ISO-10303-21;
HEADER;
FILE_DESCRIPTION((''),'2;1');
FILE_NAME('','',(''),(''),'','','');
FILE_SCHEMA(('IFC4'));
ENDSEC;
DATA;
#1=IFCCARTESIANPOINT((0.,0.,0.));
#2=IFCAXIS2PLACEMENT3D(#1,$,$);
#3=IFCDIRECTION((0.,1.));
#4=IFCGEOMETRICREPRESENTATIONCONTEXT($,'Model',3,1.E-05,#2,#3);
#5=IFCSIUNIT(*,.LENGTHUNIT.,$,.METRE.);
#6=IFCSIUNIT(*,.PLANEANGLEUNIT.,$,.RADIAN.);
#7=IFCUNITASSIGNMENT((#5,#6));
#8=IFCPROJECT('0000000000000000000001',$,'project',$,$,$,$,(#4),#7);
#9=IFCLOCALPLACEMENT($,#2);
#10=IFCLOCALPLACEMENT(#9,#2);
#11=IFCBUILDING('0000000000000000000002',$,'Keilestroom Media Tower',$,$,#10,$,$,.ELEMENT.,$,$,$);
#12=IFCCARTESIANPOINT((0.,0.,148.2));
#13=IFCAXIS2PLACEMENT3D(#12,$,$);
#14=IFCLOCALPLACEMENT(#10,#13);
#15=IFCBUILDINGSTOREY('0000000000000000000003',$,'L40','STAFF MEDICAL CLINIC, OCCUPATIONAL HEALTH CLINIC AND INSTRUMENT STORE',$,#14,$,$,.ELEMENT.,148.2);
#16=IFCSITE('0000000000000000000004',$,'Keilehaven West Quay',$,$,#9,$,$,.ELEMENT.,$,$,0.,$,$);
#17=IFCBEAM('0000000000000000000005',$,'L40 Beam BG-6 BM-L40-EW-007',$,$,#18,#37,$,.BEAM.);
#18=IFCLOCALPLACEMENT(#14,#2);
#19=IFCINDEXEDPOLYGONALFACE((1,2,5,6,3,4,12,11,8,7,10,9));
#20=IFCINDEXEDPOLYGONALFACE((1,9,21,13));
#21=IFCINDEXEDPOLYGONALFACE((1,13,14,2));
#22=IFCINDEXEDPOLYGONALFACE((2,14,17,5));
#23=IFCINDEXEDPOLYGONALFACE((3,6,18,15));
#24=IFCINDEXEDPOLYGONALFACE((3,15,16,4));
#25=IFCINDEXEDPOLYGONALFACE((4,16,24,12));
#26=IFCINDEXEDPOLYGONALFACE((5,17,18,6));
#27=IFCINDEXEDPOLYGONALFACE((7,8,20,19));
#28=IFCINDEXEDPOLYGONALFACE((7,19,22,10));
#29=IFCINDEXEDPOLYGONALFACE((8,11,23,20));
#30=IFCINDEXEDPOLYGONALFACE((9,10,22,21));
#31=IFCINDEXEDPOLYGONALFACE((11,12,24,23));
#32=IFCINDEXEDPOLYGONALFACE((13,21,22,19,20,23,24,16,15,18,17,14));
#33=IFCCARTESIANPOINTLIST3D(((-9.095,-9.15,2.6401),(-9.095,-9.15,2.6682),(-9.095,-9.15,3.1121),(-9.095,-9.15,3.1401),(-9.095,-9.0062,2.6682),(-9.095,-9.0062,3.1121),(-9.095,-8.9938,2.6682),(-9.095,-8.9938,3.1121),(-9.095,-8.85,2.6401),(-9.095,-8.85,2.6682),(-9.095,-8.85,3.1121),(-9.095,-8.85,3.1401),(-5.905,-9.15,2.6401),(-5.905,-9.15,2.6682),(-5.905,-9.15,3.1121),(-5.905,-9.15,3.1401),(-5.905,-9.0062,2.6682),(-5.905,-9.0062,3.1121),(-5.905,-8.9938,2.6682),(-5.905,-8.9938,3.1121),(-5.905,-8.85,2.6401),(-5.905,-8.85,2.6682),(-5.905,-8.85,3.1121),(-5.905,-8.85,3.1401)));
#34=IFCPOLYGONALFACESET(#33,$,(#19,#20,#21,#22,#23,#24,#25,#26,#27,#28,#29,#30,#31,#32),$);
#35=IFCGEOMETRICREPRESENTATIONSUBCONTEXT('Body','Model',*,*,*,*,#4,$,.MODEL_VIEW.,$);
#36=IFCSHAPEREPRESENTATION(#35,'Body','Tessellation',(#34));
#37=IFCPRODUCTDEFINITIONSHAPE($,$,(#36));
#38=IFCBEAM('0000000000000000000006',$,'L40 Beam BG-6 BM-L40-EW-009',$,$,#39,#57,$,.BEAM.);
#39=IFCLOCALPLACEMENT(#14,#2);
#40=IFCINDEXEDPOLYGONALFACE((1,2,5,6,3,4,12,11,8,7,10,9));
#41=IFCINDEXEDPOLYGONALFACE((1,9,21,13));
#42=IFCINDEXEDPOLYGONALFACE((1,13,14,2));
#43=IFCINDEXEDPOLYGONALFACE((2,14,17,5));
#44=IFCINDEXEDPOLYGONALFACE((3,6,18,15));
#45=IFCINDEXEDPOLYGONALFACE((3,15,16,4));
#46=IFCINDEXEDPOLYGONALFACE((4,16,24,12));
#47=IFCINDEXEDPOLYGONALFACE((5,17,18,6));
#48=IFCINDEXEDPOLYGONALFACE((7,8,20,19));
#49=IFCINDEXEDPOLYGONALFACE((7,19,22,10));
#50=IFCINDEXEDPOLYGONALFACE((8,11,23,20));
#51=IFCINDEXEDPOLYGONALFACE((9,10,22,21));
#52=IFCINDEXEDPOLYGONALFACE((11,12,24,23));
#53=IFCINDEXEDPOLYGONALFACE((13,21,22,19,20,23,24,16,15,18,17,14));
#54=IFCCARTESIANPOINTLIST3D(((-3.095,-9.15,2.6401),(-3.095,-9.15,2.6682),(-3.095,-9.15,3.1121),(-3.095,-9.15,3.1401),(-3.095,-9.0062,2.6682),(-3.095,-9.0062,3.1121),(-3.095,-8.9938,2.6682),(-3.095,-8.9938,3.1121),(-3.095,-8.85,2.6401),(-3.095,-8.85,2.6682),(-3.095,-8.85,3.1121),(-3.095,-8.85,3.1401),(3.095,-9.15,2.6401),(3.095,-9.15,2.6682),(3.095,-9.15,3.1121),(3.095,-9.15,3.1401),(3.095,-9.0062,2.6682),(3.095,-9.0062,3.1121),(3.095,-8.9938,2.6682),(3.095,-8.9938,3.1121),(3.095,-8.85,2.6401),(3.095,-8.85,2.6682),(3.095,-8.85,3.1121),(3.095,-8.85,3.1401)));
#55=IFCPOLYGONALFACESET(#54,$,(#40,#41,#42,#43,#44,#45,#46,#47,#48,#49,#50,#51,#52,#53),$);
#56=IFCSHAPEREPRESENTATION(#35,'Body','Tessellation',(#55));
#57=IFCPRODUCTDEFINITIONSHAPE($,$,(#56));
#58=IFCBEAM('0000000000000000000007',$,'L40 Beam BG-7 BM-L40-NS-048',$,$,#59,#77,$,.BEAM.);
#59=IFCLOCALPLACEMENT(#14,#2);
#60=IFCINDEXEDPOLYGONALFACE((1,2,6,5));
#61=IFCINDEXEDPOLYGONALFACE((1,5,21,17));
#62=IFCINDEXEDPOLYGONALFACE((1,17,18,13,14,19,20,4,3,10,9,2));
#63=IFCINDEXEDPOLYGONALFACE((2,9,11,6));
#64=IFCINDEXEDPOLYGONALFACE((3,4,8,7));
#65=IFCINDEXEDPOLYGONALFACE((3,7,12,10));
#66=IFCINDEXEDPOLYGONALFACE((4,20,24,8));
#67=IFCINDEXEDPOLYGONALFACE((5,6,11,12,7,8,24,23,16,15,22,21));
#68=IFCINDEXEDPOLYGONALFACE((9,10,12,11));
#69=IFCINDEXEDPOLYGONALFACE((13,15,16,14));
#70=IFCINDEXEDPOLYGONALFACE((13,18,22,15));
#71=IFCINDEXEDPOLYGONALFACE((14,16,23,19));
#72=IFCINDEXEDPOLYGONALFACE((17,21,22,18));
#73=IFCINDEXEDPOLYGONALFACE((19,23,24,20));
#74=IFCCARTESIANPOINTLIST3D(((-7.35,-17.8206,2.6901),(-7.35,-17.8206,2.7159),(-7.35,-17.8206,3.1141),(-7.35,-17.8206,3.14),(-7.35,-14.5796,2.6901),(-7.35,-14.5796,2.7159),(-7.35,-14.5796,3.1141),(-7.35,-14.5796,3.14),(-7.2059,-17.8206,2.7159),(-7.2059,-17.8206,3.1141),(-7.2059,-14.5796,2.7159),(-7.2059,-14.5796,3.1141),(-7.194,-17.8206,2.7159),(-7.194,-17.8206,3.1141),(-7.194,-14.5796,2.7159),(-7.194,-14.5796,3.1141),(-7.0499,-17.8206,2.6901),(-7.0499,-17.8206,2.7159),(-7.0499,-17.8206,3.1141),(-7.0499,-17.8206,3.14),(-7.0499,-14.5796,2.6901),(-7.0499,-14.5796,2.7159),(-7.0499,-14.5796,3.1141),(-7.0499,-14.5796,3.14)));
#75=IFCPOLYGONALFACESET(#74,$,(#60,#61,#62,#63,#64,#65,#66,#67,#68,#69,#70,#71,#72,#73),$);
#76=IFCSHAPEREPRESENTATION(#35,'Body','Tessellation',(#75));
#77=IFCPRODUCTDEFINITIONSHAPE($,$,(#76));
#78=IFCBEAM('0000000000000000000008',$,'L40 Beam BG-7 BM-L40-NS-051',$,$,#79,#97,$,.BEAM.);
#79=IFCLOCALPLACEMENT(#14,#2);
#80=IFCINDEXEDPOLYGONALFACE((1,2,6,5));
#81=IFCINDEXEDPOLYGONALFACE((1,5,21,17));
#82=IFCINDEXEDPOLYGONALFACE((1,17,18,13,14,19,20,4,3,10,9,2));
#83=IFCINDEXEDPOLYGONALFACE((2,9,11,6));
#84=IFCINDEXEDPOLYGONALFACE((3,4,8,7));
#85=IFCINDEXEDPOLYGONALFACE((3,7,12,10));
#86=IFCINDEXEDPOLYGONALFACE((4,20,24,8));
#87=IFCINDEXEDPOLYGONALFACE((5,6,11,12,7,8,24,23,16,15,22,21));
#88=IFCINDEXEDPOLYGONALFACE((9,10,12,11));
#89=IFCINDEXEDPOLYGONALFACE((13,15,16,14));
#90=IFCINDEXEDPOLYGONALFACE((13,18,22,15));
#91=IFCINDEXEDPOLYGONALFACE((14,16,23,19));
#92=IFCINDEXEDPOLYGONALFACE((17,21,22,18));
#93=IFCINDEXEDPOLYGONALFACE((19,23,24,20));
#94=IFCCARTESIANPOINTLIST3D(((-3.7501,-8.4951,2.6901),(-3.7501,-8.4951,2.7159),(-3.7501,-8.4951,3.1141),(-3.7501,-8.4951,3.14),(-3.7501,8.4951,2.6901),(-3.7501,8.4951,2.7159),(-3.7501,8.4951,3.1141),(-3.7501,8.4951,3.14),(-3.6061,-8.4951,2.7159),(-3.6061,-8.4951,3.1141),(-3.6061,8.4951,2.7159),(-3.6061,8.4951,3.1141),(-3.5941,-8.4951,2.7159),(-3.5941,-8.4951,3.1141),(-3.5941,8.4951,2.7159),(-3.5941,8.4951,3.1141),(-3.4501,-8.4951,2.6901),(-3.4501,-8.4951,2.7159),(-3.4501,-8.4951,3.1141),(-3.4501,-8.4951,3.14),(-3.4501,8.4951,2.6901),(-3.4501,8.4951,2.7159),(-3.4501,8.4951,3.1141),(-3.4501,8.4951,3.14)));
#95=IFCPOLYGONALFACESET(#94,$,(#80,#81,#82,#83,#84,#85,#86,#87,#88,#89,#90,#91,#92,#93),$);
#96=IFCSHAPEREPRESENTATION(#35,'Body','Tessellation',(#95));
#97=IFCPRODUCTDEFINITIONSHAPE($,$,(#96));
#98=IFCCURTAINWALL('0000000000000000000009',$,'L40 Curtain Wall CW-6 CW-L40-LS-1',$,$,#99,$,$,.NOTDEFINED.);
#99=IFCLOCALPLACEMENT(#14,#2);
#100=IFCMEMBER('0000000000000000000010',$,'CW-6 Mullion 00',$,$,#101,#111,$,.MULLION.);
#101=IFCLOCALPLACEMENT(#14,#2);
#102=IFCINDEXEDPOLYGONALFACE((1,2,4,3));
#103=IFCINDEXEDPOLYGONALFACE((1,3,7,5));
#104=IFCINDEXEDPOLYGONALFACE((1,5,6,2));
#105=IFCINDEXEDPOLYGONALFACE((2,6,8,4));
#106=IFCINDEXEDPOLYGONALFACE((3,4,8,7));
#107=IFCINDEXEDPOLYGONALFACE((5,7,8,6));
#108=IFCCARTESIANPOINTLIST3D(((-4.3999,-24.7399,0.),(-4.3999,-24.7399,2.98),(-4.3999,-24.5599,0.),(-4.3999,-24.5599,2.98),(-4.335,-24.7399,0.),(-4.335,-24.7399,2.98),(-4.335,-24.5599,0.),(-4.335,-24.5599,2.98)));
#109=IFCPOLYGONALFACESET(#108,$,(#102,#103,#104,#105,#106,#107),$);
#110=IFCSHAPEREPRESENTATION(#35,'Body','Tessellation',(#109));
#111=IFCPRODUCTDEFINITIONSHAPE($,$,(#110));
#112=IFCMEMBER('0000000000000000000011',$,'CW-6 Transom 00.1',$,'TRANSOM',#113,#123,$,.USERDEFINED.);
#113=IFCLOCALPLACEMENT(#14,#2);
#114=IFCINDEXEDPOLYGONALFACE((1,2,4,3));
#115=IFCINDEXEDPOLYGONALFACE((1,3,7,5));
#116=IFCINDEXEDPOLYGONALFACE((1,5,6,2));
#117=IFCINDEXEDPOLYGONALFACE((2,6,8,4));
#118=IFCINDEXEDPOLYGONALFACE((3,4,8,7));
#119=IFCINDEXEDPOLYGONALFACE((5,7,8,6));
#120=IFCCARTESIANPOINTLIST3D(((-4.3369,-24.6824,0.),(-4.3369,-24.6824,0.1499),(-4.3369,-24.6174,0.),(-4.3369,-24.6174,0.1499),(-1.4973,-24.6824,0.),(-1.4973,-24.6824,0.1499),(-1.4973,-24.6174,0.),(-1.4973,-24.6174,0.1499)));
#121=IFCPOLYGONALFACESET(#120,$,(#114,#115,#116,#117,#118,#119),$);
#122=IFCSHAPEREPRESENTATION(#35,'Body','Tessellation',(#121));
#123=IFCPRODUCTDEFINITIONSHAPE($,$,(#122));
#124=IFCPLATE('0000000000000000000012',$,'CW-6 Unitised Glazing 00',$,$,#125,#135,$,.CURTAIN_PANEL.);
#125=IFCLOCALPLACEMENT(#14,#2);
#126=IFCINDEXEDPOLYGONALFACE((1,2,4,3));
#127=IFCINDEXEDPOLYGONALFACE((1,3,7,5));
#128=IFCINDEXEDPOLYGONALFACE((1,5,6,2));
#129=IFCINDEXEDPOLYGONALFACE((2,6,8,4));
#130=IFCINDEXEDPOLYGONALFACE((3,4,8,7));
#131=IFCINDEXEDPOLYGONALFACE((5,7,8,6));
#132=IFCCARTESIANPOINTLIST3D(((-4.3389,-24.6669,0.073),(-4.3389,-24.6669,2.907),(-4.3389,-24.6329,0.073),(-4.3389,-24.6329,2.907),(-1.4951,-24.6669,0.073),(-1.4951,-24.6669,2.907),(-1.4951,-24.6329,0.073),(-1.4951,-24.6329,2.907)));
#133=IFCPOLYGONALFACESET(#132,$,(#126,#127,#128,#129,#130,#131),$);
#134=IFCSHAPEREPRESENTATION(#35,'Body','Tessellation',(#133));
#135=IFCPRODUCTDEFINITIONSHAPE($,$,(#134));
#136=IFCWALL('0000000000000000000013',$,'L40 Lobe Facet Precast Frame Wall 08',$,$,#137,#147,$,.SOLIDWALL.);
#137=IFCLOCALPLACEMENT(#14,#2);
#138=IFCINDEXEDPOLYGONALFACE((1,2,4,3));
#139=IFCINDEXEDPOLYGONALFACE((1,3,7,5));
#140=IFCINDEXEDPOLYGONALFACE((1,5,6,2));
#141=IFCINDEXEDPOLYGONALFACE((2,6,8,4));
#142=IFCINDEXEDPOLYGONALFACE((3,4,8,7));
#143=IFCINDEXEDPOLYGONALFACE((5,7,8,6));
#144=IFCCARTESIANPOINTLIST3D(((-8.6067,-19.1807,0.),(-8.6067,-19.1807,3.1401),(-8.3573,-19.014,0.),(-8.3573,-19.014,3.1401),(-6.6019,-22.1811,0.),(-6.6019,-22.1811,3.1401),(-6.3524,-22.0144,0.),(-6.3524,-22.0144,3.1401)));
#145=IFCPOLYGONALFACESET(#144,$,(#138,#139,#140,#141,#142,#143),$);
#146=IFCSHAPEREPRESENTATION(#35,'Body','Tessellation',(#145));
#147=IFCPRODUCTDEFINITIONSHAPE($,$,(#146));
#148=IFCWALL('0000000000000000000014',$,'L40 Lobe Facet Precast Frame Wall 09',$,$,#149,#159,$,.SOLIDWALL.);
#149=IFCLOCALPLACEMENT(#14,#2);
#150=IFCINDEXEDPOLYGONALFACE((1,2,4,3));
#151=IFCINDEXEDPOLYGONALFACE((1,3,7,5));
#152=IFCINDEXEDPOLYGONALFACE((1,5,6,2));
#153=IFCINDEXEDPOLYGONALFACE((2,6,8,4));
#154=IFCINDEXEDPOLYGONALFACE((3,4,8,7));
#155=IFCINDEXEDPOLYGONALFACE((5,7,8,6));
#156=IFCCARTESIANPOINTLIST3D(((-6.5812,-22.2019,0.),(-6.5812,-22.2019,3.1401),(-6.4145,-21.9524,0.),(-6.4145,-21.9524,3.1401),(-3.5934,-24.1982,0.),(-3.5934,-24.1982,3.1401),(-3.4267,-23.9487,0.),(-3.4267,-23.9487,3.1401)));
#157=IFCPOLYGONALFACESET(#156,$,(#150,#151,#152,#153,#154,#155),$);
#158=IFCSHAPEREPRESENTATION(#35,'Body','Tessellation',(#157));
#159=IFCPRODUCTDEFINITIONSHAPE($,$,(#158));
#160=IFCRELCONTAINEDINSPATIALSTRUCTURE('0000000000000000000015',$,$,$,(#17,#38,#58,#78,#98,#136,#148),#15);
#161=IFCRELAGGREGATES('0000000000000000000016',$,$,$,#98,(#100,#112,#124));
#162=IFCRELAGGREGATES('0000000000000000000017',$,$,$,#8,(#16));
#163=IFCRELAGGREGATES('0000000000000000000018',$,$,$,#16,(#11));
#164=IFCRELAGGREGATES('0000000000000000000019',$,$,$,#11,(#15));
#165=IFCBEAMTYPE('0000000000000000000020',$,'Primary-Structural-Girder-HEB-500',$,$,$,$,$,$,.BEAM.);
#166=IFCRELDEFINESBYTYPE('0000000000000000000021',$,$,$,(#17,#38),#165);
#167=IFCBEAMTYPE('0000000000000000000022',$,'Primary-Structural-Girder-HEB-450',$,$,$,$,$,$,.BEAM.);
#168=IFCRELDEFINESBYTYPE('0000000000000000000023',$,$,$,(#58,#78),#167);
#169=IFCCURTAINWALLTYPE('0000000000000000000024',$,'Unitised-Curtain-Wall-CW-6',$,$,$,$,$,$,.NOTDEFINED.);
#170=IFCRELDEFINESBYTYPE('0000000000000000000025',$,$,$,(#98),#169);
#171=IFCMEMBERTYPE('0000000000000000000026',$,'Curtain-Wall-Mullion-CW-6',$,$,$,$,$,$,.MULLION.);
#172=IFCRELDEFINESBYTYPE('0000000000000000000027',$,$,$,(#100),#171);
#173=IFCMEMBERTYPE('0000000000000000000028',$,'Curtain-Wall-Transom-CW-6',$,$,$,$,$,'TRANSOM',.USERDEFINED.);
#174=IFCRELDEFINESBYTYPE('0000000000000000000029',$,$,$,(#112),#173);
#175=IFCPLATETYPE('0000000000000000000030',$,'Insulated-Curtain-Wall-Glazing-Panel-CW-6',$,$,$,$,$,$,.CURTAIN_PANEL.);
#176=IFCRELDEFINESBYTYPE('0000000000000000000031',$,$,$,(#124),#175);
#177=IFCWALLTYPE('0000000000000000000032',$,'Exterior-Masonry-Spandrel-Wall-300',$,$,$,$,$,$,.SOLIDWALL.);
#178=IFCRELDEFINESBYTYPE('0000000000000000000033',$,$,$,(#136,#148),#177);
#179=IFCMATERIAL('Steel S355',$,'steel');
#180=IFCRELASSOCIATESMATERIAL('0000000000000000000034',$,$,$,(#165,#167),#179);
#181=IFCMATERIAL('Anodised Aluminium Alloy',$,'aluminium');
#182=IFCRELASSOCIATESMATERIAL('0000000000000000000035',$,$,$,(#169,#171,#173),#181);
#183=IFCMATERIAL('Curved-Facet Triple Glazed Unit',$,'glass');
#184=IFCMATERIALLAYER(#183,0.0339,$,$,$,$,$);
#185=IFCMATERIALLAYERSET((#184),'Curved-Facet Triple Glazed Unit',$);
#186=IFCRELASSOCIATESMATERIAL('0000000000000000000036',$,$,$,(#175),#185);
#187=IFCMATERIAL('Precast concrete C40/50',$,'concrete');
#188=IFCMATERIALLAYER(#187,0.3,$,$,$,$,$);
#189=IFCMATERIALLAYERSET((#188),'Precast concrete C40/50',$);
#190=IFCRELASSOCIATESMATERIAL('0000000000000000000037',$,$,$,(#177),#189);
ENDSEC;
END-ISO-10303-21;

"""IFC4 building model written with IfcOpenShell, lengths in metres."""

from ifc_helpers import new_model, si_unit, direction, frame, frame_2d, origin, origin_2d, place, context, subcontext, project, spatial, rectangle, i_section, extrude, source, transform, mapped, material, layer, layer_set, material_profile, profile_set, type_object, element, aggregate, save


model = new_model("IFC4")

# Units and contexts
model_context = context("Model", 3, precision=1e-05, world=origin(), true_north=direction((0.0, 1.0)))
body_context = subcontext(model_context, "Body", "Model", "MODEL_VIEW")
ifc_project = project(units=[si_unit("LENGTHUNIT", "METRE"), si_unit("PLANEANGLEUNIT", "RADIAN")], contexts=[model_context])

# Site, building, storey
site_placement = place(None, origin())
site = spatial("IfcSite", under=ifc_project, at=site_placement, Name="Keilehaven West Quay", CompositionType="ELEMENT", RefElevation=0.0)
building_placement = place(site_placement, origin())
building = spatial("IfcBuilding", under=site, at=building_placement, Name="Keilestroom Media Tower", CompositionType="ELEMENT")
storey_placement = place(building_placement, frame((0.0, 0.0, 148.2)))
storey = spatial("IfcBuildingStorey", under=building, at=storey_placement, Name="L40", Description="STAFF MEDICAL CLINIC, OCCUPATIONAL HEALTH CLINIC AND INSTRUMENT STORE", CompositionType="ELEMENT", Elevation=148.2)

# Shared definitions
ifc_material_1 = material(Name="Steel S355", Category="steel")

# Beams
ifc_material_profile_1 = material_profile(ifc_material_1, i_section(OverallWidth=0.3, OverallDepth=0.5, WebThickness=0.0125, FlangeThickness=0.0281, at=origin_2d()), Name="HEB 500")
ifc_profile_set_1 = profile_set([ifc_material_profile_1], Name="Steel S355")
beam_type_1 = type_object("IfcBeamType", Name="Primary-Structural-Girder-HEB-500", PredefinedType="BEAM", material=ifc_profile_set_1)
shared_shape_1 = source(origin(), body_context, "Body", "SweptSolid", [
    extrude(i_section(OverallWidth=0.3, OverallDepth=0.5, WebThickness=0.0125, FlangeThickness=0.0281, at=origin_2d()), origin(), (0.0, 0.0, 1.0), 3.1899),
])
beam_1_placement = place(storey_placement, frame((-9.095, -9.0, 2.8901), z_axis=(1.0, 0.0, 0.0), x_axis=(0.0, 1.0, 0.0)))
element("IfcBeam", 1, at=beam_1_placement, inside=storey, type_object=beam_type_1, Name="L40 Beam BG-6 BM-L40-EW-007", PredefinedType="BEAM", context=body_context, shape_type="MappedRepresentation", body=[
    mapped(shared_shape_1, transform((0.0, 0.0, 0.0), x_axis=(1.0, 0.0, 0.0), y_axis=(0.0, 1.0, 0.0), z_axis=(0.0, 0.0, 1.0), scale=1.0)),
])
shared_shape_2 = source(origin(), body_context, "Body", "SweptSolid", [
    extrude(i_section(OverallWidth=0.3, OverallDepth=0.5, WebThickness=0.0125, FlangeThickness=0.0281, at=origin_2d()), origin(), (0.0, 0.0, 1.0), 6.1899),
])
beam_2_placement = place(storey_placement, frame((-3.095, -9.0, 2.8901), z_axis=(1.0, 0.0, 0.0), x_axis=(0.0, 1.0, 0.0)))
element("IfcBeam", 2, at=beam_2_placement, inside=storey, type_object=beam_type_1, Name="L40 Beam BG-6 BM-L40-EW-009", PredefinedType="BEAM", context=body_context, shape_type="MappedRepresentation", body=[
    mapped(shared_shape_2, transform((0.0, 0.0, 0.0), x_axis=(1.0, 0.0, 0.0), y_axis=(0.0, 1.0, 0.0), z_axis=(0.0, 0.0, 1.0), scale=1.0)),
])
ifc_material_profile_2 = material_profile(ifc_material_1, i_section(OverallWidth=0.3, OverallDepth=0.45, WebThickness=0.012, FlangeThickness=0.0259, at=origin_2d()), Name="HEB 450")
ifc_profile_set_2 = profile_set([ifc_material_profile_2], Name="Steel S355")
beam_type_2 = type_object("IfcBeamType", Name="Primary-Structural-Girder-HEB-450", PredefinedType="BEAM", material=ifc_profile_set_2)
shared_shape_3 = source(origin(), body_context, "Body", "SweptSolid", [
    extrude(i_section(OverallWidth=0.3, OverallDepth=0.45, WebThickness=0.012, FlangeThickness=0.0259, at=origin_2d()), origin(), (0.0, 0.0, 1.0), 3.241),
])
beam_3_placement = place(storey_placement, frame((-7.2, -17.8206, 2.915), z_axis=(0.0, 1.0, 0.0), x_axis=(-1.0, 0.0, 0.0)))
element("IfcBeam", 3, at=beam_3_placement, inside=storey, type_object=beam_type_2, Name="L40 Beam BG-7 BM-L40-NS-048", PredefinedType="BEAM", context=body_context, shape_type="MappedRepresentation", body=[
    mapped(shared_shape_3, transform((0.0, 0.0, 0.0), x_axis=(1.0, 0.0, 0.0), y_axis=(0.0, 1.0, 0.0), z_axis=(0.0, 0.0, 1.0), scale=1.0)),
])
shared_shape_4 = source(origin(), body_context, "Body", "SweptSolid", [
    extrude(i_section(OverallWidth=0.3, OverallDepth=0.45, WebThickness=0.012, FlangeThickness=0.0259, at=origin_2d()), origin(), (0.0, 0.0, 1.0), 16.9902),
])
beam_4_placement = place(storey_placement, frame((-3.6001, -8.4951, 2.915), z_axis=(0.0, 1.0, 0.0), x_axis=(-1.0, 0.0, 0.0)))
element("IfcBeam", 4, at=beam_4_placement, inside=storey, type_object=beam_type_2, Name="L40 Beam BG-7 BM-L40-NS-051", PredefinedType="BEAM", context=body_context, shape_type="MappedRepresentation", body=[
    mapped(shared_shape_4, transform((0.0, 0.0, 0.0), x_axis=(1.0, 0.0, 0.0), y_axis=(0.0, 1.0, 0.0), z_axis=(0.0, 0.0, 1.0), scale=1.0)),
])

# Curtain wall, members, plate
ifc_material_2 = material(Name="Anodised Aluminium Alloy", Category="aluminium")
curtain_wall_type = type_object("IfcCurtainWallType", Name="Unitised-Curtain-Wall-CW-6", PredefinedType="NOTDEFINED", material=ifc_material_2)
curtain_wall_placement = place(storey_placement, origin())
curtain_wall = element("IfcCurtainWall", 5, at=curtain_wall_placement, inside=storey, type_object=curtain_wall_type, Name="L40 Curtain Wall CW-6 CW-L40-LS-1", PredefinedType="NOTDEFINED")
ifc_material_profile_3 = material_profile(ifc_material_2, rectangle(XDim=0.0649, YDim=0.1799, at=origin_2d()), Name="ALU MULLION 65x180")
ifc_profile_set_3 = profile_set([ifc_material_profile_3], Name="Anodised Aluminium Alloy")
member_type_1 = type_object("IfcMemberType", Name="Curtain-Wall-Mullion-CW-6", PredefinedType="MULLION", material=ifc_profile_set_3)
shared_shape_5 = source(origin(), body_context, "Body", "SweptSolid", [
    extrude(rectangle(XDim=0.0649, YDim=0.1799, at=origin_2d()), origin(), (0.0, 0.0, 1.0), 2.98),
])
member_1_placement = place(storey_placement, frame((-4.3674, -24.6499, 0.0), z_axis=(0.0, 0.0, 1.0), x_axis=(1.0, 0.0, 0.0)))
member_1 = element("IfcMember", 6, at=member_1_placement, type_object=member_type_1, Name="CW-6 Mullion 00", PredefinedType="MULLION", context=body_context, shape_type="MappedRepresentation", body=[
    mapped(shared_shape_5, transform((0.0, 0.0, 0.0), x_axis=(1.0, 0.0, 0.0), y_axis=(0.0, 1.0, 0.0), z_axis=(0.0, 0.0, 1.0), scale=1.0)),
])
ifc_material_profile_4 = material_profile(ifc_material_2, rectangle(XDim=0.0649, YDim=0.1499, at=origin_2d()), Name="ALU TRANSOM 65x150")
ifc_profile_set_4 = profile_set([ifc_material_profile_4], Name="Anodised Aluminium Alloy")
member_type_2 = type_object("IfcMemberType", Name="Curtain-Wall-Transom-CW-6", ElementType="TRANSOM", PredefinedType="USERDEFINED", material=ifc_profile_set_4)
shared_shape_6 = source(origin(), body_context, "Body", "SweptSolid", [
    extrude(rectangle(XDim=0.0649, YDim=0.1499, at=origin_2d()), origin(), (0.0, 0.0, 1.0), 2.8396),
])
member_2_placement = place(storey_placement, frame((-4.3369, -24.6499, 0.075), z_axis=(1.0, 0.0, 0.0), x_axis=(0.0, 1.0, 0.0)))
member_2 = element("IfcMember", 7, at=member_2_placement, type_object=member_type_2, Name="CW-6 Transom 00.1", ObjectType="TRANSOM", PredefinedType="USERDEFINED", context=body_context, shape_type="MappedRepresentation", body=[
    mapped(shared_shape_6, transform((0.0, 0.0, 0.0), x_axis=(1.0, 0.0, 0.0), y_axis=(0.0, 1.0, 0.0), z_axis=(0.0, 0.0, 1.0), scale=1.0)),
])
ifc_material_3 = material(Name="Curved-Facet Triple Glazed Unit", Category="glass")
ifc_layer_1 = layer(ifc_material_3, 0.0339)
ifc_layer_set_1 = layer_set([ifc_layer_1], Name="Curved-Facet Triple Glazed Unit")
plate_type = type_object("IfcPlateType", Name="Insulated-Curtain-Wall-Glazing-Panel-CW-6", PredefinedType="CURTAIN_PANEL", material=ifc_layer_set_1)
shared_shape_7 = source(origin(), body_context, "Body", "SweptSolid", [
    extrude(rectangle(XDim=2.8438, YDim=0.0339, at=origin_2d()), origin(), (0.0, 0.0, 1.0), 2.834),
])
plate_placement = place(storey_placement, frame((-2.917, -24.6499, 0.073), z_axis=(0.0, 0.0, 1.0), x_axis=(1.0, 0.0, 0.0)))
plate = element("IfcPlate", 8, at=plate_placement, type_object=plate_type, Name="CW-6 Unitised Glazing 00", PredefinedType="CURTAIN_PANEL", context=body_context, shape_type="MappedRepresentation", body=[
    mapped(shared_shape_7, transform((0.0, 0.0, 0.0), x_axis=(1.0, 0.0, 0.0), y_axis=(0.0, 1.0, 0.0), z_axis=(0.0, 0.0, 1.0), scale=1.0)),
])
aggregate(curtain_wall, [member_1, member_2, plate])

# Walls
ifc_material_4 = material(Name="Precast concrete C40/50", Category="concrete")
ifc_layer_2 = layer(ifc_material_4, 0.3)
ifc_layer_set_2 = layer_set([ifc_layer_2], Name="Precast concrete C40/50")
wall_type_1 = type_object("IfcWallType", Name="Exterior-Masonry-Spandrel-Wall-300", PredefinedType="SOLIDWALL", material=ifc_layer_set_2)
wall_1_placement = place(storey_placement, frame((-8.4819, -19.0974, 0.0), z_axis=(0.0, 0.0, 1.0), x_axis=(0.555574, -0.831467, 0.0)))
element("IfcWall", 9, at=wall_1_placement, inside=storey, type_object=wall_type_1, Name="L40 Lobe Facet Precast Frame Wall 08", PredefinedType="SOLIDWALL", context=body_context, shape_type="SweptSolid", body=[
    extrude(rectangle(XDim=3.6086, YDim=0.3, at=frame_2d((1.8042, 0.0))), origin(), (0.0, 0.0, 1.0), 3.1401),
])
wall_2_placement = place(storey_placement, frame((-6.4978, -22.0771, 0.0), z_axis=(0.0, 0.0, 1.0), x_axis=(0.831475, -0.555562, 0.0)))
element("IfcWall", 10, at=wall_2_placement, inside=storey, type_object=wall_type_1, Name="L40 Lobe Facet Precast Frame Wall 09", PredefinedType="SOLIDWALL", context=body_context, shape_type="SweptSolid", body=[
    extrude(rectangle(XDim=3.5933, YDim=0.3, at=frame_2d((1.7966, 0.0))), origin(), (0.0, 0.0, 1.0), 3.1401),
])

save(model, "model.ifc")
